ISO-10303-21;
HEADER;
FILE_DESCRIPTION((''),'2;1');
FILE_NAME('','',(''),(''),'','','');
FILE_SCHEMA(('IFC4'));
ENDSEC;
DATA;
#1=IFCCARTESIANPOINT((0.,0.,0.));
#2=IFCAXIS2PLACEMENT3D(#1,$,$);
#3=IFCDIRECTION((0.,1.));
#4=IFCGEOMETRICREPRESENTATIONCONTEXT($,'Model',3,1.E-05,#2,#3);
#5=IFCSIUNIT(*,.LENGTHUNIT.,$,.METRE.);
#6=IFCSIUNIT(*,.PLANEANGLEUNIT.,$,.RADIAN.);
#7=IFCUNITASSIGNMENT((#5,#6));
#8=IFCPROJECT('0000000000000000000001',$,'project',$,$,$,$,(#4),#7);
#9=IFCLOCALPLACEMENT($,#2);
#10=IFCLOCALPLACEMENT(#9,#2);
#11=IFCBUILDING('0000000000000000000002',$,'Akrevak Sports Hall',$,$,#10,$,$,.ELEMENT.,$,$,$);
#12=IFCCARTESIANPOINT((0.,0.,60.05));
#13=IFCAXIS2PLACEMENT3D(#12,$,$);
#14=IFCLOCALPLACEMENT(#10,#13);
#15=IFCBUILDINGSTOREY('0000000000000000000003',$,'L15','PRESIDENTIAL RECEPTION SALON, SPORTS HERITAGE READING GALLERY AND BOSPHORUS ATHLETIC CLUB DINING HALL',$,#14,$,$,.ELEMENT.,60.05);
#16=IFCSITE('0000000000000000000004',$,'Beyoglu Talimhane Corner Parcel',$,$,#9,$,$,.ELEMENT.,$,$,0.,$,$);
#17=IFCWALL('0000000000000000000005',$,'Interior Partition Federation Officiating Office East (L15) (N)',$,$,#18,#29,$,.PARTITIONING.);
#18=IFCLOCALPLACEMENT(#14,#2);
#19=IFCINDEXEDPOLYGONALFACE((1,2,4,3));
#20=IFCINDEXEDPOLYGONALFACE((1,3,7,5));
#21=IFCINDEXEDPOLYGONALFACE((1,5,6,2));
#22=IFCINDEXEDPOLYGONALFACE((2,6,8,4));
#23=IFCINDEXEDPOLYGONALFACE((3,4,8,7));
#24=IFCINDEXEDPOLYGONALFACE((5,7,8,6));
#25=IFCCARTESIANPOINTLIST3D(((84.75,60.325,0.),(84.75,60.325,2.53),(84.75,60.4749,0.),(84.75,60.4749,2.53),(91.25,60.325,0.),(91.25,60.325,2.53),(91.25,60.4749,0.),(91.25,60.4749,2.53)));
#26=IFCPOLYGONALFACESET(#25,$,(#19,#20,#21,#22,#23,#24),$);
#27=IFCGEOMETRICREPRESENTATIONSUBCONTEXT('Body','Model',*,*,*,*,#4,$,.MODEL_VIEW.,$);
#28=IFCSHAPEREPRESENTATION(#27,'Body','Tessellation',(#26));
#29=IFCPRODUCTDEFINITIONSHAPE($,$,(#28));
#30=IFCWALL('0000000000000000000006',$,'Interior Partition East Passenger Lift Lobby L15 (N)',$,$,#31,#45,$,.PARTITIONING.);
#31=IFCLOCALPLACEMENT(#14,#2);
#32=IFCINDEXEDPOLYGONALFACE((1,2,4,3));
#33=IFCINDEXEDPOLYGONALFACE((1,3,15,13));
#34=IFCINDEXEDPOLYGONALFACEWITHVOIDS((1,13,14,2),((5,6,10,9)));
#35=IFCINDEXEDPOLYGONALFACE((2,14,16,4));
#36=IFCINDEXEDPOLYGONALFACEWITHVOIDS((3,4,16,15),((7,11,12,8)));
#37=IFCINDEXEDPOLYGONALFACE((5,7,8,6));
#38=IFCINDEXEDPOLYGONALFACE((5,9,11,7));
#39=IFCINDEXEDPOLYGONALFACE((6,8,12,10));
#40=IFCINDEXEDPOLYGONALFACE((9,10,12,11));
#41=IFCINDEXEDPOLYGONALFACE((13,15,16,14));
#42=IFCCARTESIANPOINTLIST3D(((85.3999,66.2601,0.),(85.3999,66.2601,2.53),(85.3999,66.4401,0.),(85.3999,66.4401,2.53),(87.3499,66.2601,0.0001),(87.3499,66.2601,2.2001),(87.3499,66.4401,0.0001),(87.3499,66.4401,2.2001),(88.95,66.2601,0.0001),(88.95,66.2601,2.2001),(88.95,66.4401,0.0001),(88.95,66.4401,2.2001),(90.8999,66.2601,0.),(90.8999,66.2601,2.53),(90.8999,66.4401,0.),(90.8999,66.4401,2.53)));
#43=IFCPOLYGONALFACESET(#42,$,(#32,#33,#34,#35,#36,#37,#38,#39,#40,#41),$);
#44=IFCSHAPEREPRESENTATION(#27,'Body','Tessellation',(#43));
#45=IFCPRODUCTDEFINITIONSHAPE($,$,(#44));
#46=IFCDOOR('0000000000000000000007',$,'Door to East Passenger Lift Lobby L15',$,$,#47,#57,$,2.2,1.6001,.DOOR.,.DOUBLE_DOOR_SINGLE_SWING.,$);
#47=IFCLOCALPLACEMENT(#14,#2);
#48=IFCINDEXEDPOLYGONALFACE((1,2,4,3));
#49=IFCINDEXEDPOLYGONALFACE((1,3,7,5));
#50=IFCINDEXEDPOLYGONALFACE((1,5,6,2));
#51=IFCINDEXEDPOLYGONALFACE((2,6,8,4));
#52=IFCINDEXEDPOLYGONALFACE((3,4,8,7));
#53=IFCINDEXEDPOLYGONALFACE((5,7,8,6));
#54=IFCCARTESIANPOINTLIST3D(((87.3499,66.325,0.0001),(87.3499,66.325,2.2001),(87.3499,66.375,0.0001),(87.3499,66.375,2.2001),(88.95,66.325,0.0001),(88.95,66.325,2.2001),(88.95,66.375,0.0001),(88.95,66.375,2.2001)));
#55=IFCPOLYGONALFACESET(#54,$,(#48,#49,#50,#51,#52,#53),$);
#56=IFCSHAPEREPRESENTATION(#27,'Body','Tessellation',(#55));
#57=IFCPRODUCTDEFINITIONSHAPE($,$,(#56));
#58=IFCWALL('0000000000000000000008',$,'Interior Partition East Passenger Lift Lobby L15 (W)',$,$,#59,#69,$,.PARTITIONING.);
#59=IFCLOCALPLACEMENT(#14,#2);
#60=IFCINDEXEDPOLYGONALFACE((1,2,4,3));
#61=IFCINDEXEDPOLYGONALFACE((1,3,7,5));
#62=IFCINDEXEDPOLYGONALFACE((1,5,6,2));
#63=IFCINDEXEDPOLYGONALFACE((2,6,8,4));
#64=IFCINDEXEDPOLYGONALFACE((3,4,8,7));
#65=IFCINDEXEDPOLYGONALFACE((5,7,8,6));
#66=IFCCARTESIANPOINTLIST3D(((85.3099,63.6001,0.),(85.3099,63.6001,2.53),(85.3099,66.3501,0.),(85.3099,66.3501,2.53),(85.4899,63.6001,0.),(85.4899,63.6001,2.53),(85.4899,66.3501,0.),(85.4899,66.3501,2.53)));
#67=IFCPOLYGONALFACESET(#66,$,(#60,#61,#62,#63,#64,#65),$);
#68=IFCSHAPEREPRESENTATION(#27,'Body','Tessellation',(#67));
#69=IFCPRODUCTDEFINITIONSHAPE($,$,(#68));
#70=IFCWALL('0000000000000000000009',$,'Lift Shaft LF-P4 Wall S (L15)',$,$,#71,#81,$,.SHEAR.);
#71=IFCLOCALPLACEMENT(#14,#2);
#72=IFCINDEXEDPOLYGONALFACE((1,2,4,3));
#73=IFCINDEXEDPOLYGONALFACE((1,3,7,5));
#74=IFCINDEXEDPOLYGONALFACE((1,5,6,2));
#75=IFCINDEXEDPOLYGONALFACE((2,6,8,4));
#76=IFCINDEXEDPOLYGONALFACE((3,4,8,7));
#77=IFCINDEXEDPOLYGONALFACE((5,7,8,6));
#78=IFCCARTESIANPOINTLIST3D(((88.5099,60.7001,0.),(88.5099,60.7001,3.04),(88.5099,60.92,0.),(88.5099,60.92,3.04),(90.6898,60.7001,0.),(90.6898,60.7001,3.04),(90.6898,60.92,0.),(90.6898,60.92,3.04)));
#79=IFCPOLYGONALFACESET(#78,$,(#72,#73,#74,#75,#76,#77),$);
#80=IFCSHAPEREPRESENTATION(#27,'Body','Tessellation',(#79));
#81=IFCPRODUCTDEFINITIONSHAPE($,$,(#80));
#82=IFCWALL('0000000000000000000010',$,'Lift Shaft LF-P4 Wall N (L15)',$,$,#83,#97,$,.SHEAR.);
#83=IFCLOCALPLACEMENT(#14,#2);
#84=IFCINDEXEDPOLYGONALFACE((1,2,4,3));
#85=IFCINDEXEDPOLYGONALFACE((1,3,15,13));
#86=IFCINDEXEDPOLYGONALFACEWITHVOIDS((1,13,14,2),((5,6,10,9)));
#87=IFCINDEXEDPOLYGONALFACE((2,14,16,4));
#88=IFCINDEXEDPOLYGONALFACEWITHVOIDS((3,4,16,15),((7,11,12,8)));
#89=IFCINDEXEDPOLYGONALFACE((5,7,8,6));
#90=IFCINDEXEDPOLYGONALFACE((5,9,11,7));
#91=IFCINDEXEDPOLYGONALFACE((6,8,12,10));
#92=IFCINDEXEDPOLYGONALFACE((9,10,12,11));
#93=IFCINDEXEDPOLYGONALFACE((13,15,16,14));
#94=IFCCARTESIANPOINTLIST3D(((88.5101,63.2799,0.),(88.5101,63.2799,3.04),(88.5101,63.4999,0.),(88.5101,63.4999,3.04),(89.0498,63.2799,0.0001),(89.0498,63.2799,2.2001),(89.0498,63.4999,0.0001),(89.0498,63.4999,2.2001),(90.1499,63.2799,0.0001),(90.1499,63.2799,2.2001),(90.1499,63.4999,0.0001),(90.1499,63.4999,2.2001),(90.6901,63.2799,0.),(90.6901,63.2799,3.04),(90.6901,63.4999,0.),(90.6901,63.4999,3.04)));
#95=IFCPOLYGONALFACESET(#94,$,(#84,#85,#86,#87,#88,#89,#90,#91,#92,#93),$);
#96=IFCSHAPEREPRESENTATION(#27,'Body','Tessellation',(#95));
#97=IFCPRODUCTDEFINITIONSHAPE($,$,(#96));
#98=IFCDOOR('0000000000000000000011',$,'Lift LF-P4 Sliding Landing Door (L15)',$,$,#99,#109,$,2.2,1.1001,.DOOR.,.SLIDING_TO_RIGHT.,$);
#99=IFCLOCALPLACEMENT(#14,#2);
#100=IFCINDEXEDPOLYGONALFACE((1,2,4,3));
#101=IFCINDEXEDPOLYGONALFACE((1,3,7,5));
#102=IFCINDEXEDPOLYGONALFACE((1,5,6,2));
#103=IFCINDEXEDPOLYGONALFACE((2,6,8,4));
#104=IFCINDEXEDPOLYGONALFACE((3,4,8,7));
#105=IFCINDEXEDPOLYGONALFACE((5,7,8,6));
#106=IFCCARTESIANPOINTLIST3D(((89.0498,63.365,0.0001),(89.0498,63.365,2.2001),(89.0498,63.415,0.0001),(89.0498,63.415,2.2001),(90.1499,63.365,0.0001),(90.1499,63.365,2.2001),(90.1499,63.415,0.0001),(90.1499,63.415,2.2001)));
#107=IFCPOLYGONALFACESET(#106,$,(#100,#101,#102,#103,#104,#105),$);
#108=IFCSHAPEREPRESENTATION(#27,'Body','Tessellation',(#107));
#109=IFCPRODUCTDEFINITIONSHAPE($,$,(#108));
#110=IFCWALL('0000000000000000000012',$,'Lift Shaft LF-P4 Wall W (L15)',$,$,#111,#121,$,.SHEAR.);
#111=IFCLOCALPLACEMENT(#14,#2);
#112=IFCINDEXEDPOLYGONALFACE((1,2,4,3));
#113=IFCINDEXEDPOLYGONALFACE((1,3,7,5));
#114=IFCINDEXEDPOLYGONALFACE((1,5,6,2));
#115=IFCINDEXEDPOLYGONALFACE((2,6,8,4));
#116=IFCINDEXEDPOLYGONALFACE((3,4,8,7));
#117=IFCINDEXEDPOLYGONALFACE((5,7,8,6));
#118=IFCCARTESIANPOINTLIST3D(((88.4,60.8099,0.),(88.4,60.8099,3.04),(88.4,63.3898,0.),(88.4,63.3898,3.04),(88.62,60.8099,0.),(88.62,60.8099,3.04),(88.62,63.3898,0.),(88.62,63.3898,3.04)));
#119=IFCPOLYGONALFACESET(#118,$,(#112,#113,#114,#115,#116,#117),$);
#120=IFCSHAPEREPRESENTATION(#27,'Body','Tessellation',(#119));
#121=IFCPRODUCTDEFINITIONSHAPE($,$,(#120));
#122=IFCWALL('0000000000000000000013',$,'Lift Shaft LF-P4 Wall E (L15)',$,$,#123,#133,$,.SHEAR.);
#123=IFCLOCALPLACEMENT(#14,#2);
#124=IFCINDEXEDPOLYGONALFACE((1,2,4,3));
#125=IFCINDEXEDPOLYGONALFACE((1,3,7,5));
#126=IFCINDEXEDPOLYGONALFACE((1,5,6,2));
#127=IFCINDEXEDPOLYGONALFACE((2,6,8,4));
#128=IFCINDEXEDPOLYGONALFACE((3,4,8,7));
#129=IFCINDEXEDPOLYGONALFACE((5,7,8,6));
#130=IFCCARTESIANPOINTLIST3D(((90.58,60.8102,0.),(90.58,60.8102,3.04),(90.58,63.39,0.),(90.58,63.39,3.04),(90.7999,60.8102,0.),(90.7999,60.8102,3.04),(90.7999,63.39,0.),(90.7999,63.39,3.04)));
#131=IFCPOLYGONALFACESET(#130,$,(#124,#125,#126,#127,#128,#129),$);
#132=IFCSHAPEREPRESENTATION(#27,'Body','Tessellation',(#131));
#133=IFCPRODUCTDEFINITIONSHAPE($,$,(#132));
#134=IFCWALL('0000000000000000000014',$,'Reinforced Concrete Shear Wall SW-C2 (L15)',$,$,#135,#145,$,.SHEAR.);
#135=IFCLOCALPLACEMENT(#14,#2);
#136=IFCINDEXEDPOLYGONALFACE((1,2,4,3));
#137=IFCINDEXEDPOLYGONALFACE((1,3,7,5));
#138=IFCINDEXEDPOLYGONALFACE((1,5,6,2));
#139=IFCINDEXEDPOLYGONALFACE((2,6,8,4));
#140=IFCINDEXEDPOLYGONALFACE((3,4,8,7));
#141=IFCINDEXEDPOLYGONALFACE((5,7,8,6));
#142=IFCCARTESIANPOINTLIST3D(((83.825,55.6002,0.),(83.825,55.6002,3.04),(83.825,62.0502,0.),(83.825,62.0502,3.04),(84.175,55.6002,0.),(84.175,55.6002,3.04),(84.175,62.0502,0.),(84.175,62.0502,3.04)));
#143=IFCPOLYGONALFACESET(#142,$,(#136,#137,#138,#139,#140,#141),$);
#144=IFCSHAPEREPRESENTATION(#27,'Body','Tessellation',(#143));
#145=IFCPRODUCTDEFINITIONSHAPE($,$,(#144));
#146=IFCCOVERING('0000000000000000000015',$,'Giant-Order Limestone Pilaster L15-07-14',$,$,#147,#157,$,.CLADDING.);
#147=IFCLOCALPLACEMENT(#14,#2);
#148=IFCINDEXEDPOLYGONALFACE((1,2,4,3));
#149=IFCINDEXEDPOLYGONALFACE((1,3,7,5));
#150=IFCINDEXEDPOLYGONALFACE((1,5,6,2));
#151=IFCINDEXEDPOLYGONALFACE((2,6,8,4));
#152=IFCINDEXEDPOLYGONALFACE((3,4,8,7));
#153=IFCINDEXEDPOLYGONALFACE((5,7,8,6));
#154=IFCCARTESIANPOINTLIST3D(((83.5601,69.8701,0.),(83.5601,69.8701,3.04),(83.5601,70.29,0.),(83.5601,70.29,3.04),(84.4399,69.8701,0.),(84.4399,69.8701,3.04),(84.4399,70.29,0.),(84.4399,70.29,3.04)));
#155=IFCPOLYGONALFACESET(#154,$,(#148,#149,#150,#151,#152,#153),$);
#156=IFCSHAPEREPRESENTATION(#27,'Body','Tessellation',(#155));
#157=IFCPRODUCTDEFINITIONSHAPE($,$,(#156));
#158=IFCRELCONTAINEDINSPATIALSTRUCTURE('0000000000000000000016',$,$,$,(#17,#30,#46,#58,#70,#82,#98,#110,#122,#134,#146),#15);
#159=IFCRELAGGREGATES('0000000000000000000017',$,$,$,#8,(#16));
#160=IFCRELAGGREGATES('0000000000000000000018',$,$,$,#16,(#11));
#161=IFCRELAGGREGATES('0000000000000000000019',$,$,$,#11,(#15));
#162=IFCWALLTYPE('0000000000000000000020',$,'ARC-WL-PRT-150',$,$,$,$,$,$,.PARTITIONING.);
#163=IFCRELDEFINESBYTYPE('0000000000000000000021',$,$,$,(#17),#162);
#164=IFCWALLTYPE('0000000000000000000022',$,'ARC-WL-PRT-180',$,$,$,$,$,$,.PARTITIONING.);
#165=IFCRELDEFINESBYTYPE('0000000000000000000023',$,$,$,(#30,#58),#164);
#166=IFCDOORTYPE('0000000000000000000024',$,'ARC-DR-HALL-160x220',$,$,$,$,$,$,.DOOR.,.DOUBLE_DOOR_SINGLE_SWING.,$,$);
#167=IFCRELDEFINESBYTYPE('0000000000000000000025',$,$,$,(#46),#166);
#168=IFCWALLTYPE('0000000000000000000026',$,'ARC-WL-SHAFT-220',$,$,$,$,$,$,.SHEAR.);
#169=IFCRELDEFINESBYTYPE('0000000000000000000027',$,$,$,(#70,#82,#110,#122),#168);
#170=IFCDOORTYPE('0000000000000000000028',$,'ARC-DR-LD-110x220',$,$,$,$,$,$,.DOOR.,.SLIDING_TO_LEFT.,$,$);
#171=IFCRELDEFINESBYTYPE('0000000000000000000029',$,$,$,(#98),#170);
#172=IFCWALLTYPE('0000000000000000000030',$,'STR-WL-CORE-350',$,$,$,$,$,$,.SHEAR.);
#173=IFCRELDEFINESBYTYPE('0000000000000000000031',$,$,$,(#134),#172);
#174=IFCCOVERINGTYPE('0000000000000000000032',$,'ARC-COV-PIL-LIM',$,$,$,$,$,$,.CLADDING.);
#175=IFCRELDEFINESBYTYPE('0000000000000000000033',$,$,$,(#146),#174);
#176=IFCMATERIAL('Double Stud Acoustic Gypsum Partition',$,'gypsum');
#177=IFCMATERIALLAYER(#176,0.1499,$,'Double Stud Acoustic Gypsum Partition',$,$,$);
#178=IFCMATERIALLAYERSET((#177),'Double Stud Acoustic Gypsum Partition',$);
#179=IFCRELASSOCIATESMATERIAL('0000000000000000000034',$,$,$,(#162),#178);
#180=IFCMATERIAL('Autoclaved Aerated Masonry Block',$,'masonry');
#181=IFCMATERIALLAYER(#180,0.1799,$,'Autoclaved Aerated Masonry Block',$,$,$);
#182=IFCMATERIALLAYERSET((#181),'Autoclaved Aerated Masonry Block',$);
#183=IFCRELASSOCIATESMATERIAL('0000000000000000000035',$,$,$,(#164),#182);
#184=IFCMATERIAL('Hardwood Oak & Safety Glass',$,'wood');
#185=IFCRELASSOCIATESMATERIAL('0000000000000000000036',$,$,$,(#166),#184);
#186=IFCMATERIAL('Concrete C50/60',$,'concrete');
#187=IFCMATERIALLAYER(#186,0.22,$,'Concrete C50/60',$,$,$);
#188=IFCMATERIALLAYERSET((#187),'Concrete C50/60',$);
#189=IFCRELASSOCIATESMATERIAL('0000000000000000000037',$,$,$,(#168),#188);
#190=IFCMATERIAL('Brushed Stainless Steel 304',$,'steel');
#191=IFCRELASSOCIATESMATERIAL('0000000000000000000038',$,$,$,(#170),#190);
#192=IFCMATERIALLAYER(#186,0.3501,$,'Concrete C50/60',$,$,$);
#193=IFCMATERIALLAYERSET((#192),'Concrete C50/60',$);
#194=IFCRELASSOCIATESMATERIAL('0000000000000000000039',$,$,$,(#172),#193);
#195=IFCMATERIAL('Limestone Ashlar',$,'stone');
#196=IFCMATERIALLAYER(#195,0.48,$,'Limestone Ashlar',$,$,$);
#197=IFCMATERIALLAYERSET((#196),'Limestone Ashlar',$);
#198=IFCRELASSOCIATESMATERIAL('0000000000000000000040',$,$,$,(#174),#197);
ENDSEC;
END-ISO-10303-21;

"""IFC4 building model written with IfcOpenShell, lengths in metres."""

from ifc_helpers import new_model, si_unit, direction, frame, frame_2d, origin, origin_2d, place, context, subcontext, project, spatial, rectangle, extrude, material, layer, layer_set, type_object, element, fill, save


model = new_model("IFC4")

# Units and contexts
model_context = context("Model", 3, precision=1e-05, world=origin(), true_north=direction((0.0, 1.0)))
body_context = subcontext(model_context, "Body", "Model", "MODEL_VIEW")
ifc_project = project(units=[si_unit("LENGTHUNIT", "METRE"), si_unit("PLANEANGLEUNIT", "RADIAN")], contexts=[model_context])

# Site, building, storey
site_placement = place(None, origin())
site = spatial("IfcSite", under=ifc_project, at=site_placement, Name="Beyoglu Talimhane Corner Parcel", CompositionType="ELEMENT", RefElevation=0.0)
building_placement = place(site_placement, origin())
building = spatial("IfcBuilding", under=site, at=building_placement, Name="Akrevak Sports Hall", CompositionType="ELEMENT")
storey_placement = place(building_placement, frame((0.0, 0.0, 60.05)))
storey = spatial("IfcBuildingStorey", under=building, at=storey_placement, Name="L15", Description="PRESIDENTIAL RECEPTION SALON, SPORTS HERITAGE READING GALLERY AND BOSPHORUS ATHLETIC CLUB DINING HALL", CompositionType="ELEMENT", Elevation=60.05)

# Wall
ifc_material_1 = material(Name="Double Stud Acoustic Gypsum Partition", Category="gypsum")
ifc_layer_1 = layer(ifc_material_1, 0.1499, Name="Double Stud Acoustic Gypsum Partition")
ifc_layer_set_1 = layer_set([ifc_layer_1], Name="Double Stud Acoustic Gypsum Partition")
wall_type_1 = type_object("IfcWallType", Name="ARC-WL-PRT-150", PredefinedType="PARTITIONING", material=ifc_layer_set_1)
wall_1_placement = place(storey_placement, frame((84.75, 60.3999, 0.0), z_axis=(0.0, 0.0, 1.0), x_axis=(1.0, 0.0, 0.0)))
element("IfcWall", 1, at=wall_1_placement, inside=storey, type_object=wall_type_1, Name="Interior Partition Federation Officiating Office East (L15) (N)", PredefinedType="PARTITIONING", context=body_context, shape_type="SweptSolid", body=[
    extrude(rectangle(XDim=6.5, YDim=0.1499, at=frame_2d((3.25, 0.0))), origin(), (0.0, 0.0, 1.0), 2.53),
])

# Wall, opening, door
ifc_material_2 = material(Name="Autoclaved Aerated Masonry Block", Category="masonry")
ifc_layer_2 = layer(ifc_material_2, 0.1799, Name="Autoclaved Aerated Masonry Block")
ifc_layer_set_2 = layer_set([ifc_layer_2], Name="Autoclaved Aerated Masonry Block")
wall_type_2 = type_object("IfcWallType", Name="ARC-WL-PRT-180", PredefinedType="PARTITIONING", material=ifc_layer_set_2)
wall_2_placement = place(storey_placement, frame((85.3999, 66.3501, 0.0), z_axis=(0.0, 0.0, 1.0), x_axis=(1.0, 0.0, 0.0)))
wall_2 = element("IfcWall", 2, at=wall_2_placement, inside=storey, type_object=wall_type_2, Name="Interior Partition East Passenger Lift Lobby L15 (N)", PredefinedType="PARTITIONING", context=body_context, shape_type="SweptSolid", body=[
    extrude(rectangle(XDim=5.5, YDim=0.1799, at=frame_2d((2.75, 0.0))), origin(), (0.0, 0.0, 1.0), 2.53),
])
opening_1_placement = place(wall_2_placement, frame((1.95, 0.0, 0.0)))
opening_1 = element("IfcOpeningElement", 3, at=opening_1_placement, cuts=wall_2, PredefinedType="OPENING", context=body_context, shape_type="SweptSolid", body=[
    extrude(rectangle(XDim=1.6001, YDim=2.2, at=frame_2d((0.8, 1.1001))), frame((0.0, 0.1021, 0.0), z_axis=(0.0, -1.0, 0.0), x_axis=(1.0, 0.0, 0.0)), (0.0, 0.0, 1.0), 0.2039),
])
ifc_material_3 = material(Name="Hardwood Oak & Safety Glass", Category="wood")
door_type_1 = type_object("IfcDoorType", Name="ARC-DR-HALL-160x220", OperationType="DOUBLE_DOOR_SINGLE_SWING", PredefinedType="DOOR", material=ifc_material_3)
door_1_placement = place(opening_1_placement, origin())
door_1 = element("IfcDoor", 4, at=door_1_placement, inside=storey, type_object=door_type_1, Name="Door to East Passenger Lift Lobby L15", OperationType="DOUBLE_DOOR_SINGLE_SWING", OverallHeight=2.2, OverallWidth=1.6001, PredefinedType="DOOR", context=body_context, shape_type="SweptSolid", body=[
    extrude(rectangle(XDim=1.6001, YDim=2.2, at=frame_2d((0.8, 1.1001))), frame((0.0, 0.0249, 0.0), z_axis=(0.0, -1.0, 0.0), x_axis=(1.0, 0.0, 0.0)), (0.0, 0.0, 1.0), 0.05),
])
fill(opening_1, door_1)

# Walls
wall_3_placement = place(storey_placement, frame((85.3999, 63.6001, 0.0), z_axis=(0.0, 0.0, 1.0), x_axis=(0.0, 1.0, 0.0)))
element("IfcWall", 5, at=wall_3_placement, inside=storey, type_object=wall_type_2, Name="Interior Partition East Passenger Lift Lobby L15 (W)", PredefinedType="PARTITIONING", context=body_context, shape_type="SweptSolid", body=[
    extrude(rectangle(XDim=2.75, YDim=0.1799, at=frame_2d((1.375, 0.0))), origin(), (0.0, 0.0, 1.0), 2.53),
])
ifc_material_4 = material(Name="Concrete C50/60", Category="concrete")
ifc_layer_3 = layer(ifc_material_4, 0.22, Name="Concrete C50/60")
ifc_layer_set_3 = layer_set([ifc_layer_3], Name="Concrete C50/60")
wall_type_3 = type_object("IfcWallType", Name="ARC-WL-SHAFT-220", PredefinedType="SHEAR", material=ifc_layer_set_3)
wall_4_placement = place(storey_placement, frame((88.51, 60.8101, 0.0), z_axis=(0.0, 0.0, 1.0), x_axis=(1.0, 0.0, 0.0)))
element("IfcWall", 6, at=wall_4_placement, inside=storey, type_object=wall_type_3, Name="Lift Shaft LF-P4 Wall S (L15)", PredefinedType="SHEAR", context=body_context, shape_type="SweptSolid", body=[
    extrude(rectangle(XDim=2.1799, YDim=0.22, at=frame_2d((1.0898, 0.0))), origin(), (0.0, 0.0, 1.0), 3.04),
])

# Wall, opening, door
wall_5_placement = place(storey_placement, frame((90.6899, 63.3899, 0.0), z_axis=(0.0, 0.0, 1.0), x_axis=(-1.0, 0.0, 0.0)))
wall_5 = element("IfcWall", 7, at=wall_5_placement, inside=storey, type_object=wall_type_3, Name="Lift Shaft LF-P4 Wall N (L15)", PredefinedType="SHEAR", context=body_context, shape_type="SweptSolid", body=[
    extrude(rectangle(XDim=2.1799, YDim=0.22, at=frame_2d((1.0898, 0.0))), origin(), (0.0, 0.0, 1.0), 3.04),
])
opening_2_placement = place(wall_5_placement, frame((0.54, 0.0, 0.0)))
opening_2 = element("IfcOpeningElement", 8, at=opening_2_placement, cuts=wall_5, PredefinedType="OPENING", context=body_context, shape_type="SweptSolid", body=[
    extrude(rectangle(XDim=1.1001, YDim=2.2, at=frame_2d((0.55, 1.1001))), frame((0.0, 0.1221, 0.0), z_axis=(0.0, -1.0, 0.0), x_axis=(1.0, 0.0, 0.0)), (0.0, 0.0, 1.0), 0.2439),
])
ifc_material_5 = material(Name="Brushed Stainless Steel 304", Category="steel")
door_type_2 = type_object("IfcDoorType", Name="ARC-DR-LD-110x220", OperationType="SLIDING_TO_LEFT", PredefinedType="DOOR", material=ifc_material_5)
door_2_placement = place(opening_2_placement, origin())
door_2 = element("IfcDoor", 9, at=door_2_placement, inside=storey, type_object=door_type_2, Name="Lift LF-P4 Sliding Landing Door (L15)", OperationType="SLIDING_TO_RIGHT", OverallHeight=2.2, OverallWidth=1.1001, PredefinedType="DOOR", context=body_context, shape_type="SweptSolid", body=[
    extrude(rectangle(XDim=1.1001, YDim=2.2, at=frame_2d((0.55, 1.1001))), frame((0.0, 0.0249, 0.0), z_axis=(0.0, -1.0, 0.0), x_axis=(1.0, 0.0, 0.0)), (0.0, 0.0, 1.0), 0.05),
])
fill(opening_2, door_2)

# Walls
for number, where, z_axis, x_axis, name in (
    (10, (88.51, 63.3899, 0.0), (0.0, 0.0, 1.0), (0.0, -1.0, 0.0), "Lift Shaft LF-P4 Wall W (L15)"),
    (11, (90.6899, 60.8101, 0.0), (0.0, 0.0, 1.0), (0.0, 1.0, 0.0), "Lift Shaft LF-P4 Wall E (L15)"),
):
    element("IfcWall", number, at=place(storey_placement, frame(where, z_axis=z_axis, x_axis=x_axis)), inside=storey, type_object=wall_type_3, Name=name, PredefinedType="SHEAR", context=body_context, shape_type="SweptSolid", body=[
        extrude(rectangle(XDim=2.5798, YDim=0.22, at=frame_2d((1.29, 0.0))), origin(), (0.0, 0.0, 1.0), 3.04),
    ])
ifc_layer_4 = layer(ifc_material_4, 0.3501, Name="Concrete C50/60")
ifc_layer_set_4 = layer_set([ifc_layer_4], Name="Concrete C50/60")
wall_type_4 = type_object("IfcWallType", Name="STR-WL-CORE-350", PredefinedType="SHEAR", material=ifc_layer_set_4)
wall_6_placement = place(storey_placement, frame((84.0, 55.6001, 0.0), z_axis=(0.0, 0.0, 1.0), x_axis=(0.0, 1.0, 0.0)))
element("IfcWall", 12, at=wall_6_placement, inside=storey, type_object=wall_type_4, Name="Reinforced Concrete Shear Wall SW-C2 (L15)", PredefinedType="SHEAR", context=body_context, shape_type="SweptSolid", body=[
    extrude(rectangle(XDim=6.45, YDim=0.3501, at=frame_2d((3.2251, 0.0))), origin(), (0.0, 0.0, 1.0), 3.04),
])

# Covering
ifc_material_6 = material(Name="Limestone Ashlar", Category="stone")
ifc_layer_5 = layer(ifc_material_6, 0.48, Name="Limestone Ashlar")
ifc_layer_set_5 = layer_set([ifc_layer_5], Name="Limestone Ashlar")
covering_type = type_object("IfcCoveringType", Name="ARC-COV-PIL-LIM", PredefinedType="CLADDING", material=ifc_layer_set_5)
covering_placement = place(storey_placement, frame((84.0, 70.0801, 0.0), z_axis=(0.0, 0.0, 1.0), x_axis=(-1.0, 0.0, 0.0)))
element("IfcCovering", 13, at=covering_placement, inside=storey, type_object=covering_type, Name="Giant-Order Limestone Pilaster L15-07-14", PredefinedType="CLADDING", context=body_context, shape_type="SweptSolid", body=[
    extrude(rectangle(XDim=0.8799, YDim=0.4199, at=origin_2d()), origin(), (0.0, 0.0, 1.0), 3.04),
])

save(model, "model.ifc")
